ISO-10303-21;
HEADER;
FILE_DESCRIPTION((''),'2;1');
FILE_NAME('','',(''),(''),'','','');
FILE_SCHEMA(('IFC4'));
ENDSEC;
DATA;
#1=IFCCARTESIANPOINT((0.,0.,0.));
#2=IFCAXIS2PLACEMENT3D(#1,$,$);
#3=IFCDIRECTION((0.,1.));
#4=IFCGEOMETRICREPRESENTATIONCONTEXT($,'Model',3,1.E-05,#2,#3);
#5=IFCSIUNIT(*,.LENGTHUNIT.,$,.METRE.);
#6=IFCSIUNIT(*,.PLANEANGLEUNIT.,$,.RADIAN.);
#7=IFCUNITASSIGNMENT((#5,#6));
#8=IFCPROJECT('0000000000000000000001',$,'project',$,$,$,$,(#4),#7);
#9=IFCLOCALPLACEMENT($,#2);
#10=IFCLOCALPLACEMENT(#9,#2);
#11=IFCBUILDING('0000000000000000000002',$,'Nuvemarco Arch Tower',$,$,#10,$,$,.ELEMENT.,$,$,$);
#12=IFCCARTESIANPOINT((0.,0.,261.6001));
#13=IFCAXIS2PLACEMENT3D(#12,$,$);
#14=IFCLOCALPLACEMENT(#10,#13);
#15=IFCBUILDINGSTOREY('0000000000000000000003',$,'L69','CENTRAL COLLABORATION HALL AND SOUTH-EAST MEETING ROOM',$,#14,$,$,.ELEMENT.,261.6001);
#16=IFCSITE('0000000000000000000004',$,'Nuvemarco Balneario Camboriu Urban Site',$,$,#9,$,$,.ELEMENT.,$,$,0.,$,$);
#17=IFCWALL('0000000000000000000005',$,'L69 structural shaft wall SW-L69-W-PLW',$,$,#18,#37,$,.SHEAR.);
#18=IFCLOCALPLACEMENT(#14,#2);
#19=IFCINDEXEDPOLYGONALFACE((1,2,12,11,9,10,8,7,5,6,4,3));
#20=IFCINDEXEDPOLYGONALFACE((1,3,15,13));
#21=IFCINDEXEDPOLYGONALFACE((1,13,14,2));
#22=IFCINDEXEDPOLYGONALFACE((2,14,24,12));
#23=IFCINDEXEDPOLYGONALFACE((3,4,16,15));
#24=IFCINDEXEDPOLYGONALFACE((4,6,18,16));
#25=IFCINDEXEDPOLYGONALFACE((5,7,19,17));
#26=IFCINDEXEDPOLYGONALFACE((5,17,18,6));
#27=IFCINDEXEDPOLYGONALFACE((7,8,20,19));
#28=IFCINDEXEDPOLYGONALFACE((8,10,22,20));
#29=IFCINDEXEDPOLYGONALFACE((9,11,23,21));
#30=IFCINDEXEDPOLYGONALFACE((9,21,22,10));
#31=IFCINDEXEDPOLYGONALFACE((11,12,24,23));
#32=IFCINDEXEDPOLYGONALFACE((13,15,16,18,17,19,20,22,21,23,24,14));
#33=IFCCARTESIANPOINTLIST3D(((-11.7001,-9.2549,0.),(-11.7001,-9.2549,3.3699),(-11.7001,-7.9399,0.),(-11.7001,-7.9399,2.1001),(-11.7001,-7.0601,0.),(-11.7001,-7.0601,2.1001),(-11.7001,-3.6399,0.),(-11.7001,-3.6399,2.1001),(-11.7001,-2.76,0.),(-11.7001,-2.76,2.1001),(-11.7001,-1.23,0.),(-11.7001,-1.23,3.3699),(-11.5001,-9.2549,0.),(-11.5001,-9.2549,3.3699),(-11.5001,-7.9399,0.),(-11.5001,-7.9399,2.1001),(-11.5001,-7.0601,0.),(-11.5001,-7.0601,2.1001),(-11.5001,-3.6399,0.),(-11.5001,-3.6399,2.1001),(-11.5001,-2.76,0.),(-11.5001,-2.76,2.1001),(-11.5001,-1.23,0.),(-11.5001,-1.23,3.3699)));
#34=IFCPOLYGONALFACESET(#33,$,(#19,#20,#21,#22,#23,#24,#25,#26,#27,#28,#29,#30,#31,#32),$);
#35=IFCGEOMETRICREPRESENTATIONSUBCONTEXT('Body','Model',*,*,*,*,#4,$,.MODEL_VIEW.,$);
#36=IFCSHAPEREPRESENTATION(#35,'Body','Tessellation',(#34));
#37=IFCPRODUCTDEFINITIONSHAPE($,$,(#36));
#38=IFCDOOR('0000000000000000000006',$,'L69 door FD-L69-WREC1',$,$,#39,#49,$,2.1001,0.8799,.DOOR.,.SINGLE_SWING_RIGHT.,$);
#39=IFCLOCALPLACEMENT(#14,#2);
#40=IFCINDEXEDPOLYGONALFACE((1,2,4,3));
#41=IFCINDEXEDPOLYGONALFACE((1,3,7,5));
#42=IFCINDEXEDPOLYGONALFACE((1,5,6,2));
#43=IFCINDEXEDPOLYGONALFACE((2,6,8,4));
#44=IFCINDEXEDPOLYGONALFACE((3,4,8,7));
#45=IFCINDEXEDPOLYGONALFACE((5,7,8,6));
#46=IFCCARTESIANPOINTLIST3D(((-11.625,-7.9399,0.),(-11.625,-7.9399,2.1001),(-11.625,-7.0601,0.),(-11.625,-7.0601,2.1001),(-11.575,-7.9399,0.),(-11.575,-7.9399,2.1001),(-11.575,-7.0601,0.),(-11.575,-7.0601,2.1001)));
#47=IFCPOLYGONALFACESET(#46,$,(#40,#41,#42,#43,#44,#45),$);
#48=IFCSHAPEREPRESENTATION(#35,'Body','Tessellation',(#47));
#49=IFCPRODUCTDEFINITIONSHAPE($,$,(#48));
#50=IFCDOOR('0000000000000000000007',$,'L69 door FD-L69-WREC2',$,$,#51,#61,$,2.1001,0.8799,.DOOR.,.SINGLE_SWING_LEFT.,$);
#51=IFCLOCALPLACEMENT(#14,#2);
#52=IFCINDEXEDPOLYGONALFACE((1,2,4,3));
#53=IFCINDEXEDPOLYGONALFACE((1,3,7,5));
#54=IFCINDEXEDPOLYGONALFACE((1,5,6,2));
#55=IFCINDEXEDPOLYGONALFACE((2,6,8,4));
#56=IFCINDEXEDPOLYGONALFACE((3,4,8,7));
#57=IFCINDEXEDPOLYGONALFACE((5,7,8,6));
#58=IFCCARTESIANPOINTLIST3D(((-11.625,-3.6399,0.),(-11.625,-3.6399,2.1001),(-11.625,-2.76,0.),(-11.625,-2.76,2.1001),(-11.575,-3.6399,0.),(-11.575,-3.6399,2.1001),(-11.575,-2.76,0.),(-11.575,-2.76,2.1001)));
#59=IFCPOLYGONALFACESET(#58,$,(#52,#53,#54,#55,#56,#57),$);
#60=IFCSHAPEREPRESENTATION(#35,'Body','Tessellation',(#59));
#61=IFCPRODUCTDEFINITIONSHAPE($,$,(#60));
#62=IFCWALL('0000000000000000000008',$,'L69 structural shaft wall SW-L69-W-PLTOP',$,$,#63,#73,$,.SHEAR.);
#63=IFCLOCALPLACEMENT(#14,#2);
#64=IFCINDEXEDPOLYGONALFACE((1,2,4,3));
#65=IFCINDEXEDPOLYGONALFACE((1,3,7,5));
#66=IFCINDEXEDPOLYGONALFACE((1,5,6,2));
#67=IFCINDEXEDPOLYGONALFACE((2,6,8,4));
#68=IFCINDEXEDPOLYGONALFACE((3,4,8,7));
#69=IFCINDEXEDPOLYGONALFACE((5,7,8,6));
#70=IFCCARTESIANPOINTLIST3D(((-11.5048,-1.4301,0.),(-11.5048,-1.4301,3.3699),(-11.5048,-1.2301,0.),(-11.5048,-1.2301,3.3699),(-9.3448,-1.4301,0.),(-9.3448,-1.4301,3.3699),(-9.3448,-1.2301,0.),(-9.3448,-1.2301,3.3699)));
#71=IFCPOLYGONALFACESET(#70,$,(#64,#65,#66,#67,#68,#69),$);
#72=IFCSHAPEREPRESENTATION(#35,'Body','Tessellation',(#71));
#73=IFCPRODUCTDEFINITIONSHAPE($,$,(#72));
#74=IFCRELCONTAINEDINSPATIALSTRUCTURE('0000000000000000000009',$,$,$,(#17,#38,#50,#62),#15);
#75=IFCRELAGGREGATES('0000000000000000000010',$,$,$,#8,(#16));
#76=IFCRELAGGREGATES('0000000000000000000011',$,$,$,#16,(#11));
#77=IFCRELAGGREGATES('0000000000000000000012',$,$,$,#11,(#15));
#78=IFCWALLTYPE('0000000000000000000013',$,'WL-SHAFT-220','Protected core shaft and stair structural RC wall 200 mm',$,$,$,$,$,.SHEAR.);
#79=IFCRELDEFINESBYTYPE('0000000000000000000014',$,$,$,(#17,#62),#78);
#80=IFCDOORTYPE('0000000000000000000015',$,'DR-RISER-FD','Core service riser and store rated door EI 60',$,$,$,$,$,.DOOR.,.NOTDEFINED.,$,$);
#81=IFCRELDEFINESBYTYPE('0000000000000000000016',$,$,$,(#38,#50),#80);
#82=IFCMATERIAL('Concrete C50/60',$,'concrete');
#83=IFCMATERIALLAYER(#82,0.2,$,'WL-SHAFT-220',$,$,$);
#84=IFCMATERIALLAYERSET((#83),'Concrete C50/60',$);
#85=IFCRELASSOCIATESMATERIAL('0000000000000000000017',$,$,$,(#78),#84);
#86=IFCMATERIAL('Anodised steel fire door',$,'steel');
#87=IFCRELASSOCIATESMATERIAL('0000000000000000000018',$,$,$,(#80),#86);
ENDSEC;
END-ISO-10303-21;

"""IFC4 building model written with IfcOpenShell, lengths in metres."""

from ifc_helpers import new_model, si_unit, direction, frame, frame_2d, origin, place, context, subcontext, project, spatial, rectangle, extrude, source, transform, mapped, material, layer, layer_set, type_object, type_shapes, element, fill, save


model = new_model("IFC4")

# Units and contexts
model_context = context("Model", 3, precision=1e-05, world=origin(), true_north=direction((0.0, 1.0)))
body_context = subcontext(model_context, "Body", "Model", "MODEL_VIEW")
ifc_project = project(units=[si_unit("LENGTHUNIT", "METRE"), si_unit("PLANEANGLEUNIT", "RADIAN")], contexts=[model_context])

# Site, building, storey
site_placement = place(None, origin())
site = spatial("IfcSite", under=ifc_project, at=site_placement, Name="Nuvemarco Balneario Camboriu Urban Site", CompositionType="ELEMENT", RefElevation=0.0)
building_placement = place(site_placement, origin())
building = spatial("IfcBuilding", under=site, at=building_placement, Name="Nuvemarco Arch Tower", CompositionType="ELEMENT")
storey_placement = place(building_placement, frame((0.0, 0.0, 261.6001)))
storey = spatial("IfcBuildingStorey", under=building, at=storey_placement, Name="L69", Description="CENTRAL COLLABORATION HALL AND SOUTH-EAST MEETING ROOM", CompositionType="ELEMENT", Elevation=261.6001)

# Shared definitions
ifc_material_1 = material(Name="Concrete C50/60", Category="concrete")

# Shared definitions
ifc_material_2 = material(Name="Anodised steel fire door", Category="steel")

# Shared definitions
ifc_layer_1 = layer(ifc_material_1, 0.2, Name="WL-SHAFT-220")
ifc_layer_set_1 = layer_set([ifc_layer_1], Name="Concrete C50/60")
wall_type_1 = type_object("IfcWallType", Name="WL-SHAFT-220", Description="Protected core shaft and stair structural RC wall 200 mm", PredefinedType="SHEAR", material=ifc_layer_set_1)

# Shared definitions
door_type_1 = type_object("IfcDoorType", Name="DR-RISER-FD", Description="Core service riser and store rated door EI 60", OperationType="NOTDEFINED", PredefinedType="DOOR", material=ifc_material_2)
shared_shape_1 = source(origin(), body_context, "Body", "SweptSolid", [
    extrude(rectangle(XDim=0.8799, YDim=2.1001, at=frame_2d((0.4399, 1.05))), frame((0.0, 0.0249, 0.0), z_axis=(0.0, -1.0, 0.0), x_axis=(1.0, 0.0, 0.0)), (0.0, 0.0, 1.0), 0.05),
])
type_shapes(door_type_1, [shared_shape_1])

# Wall, openings, doors
wall_1_placement = place(storey_placement, frame((-11.6001, -9.2549, 0.0), z_axis=(0.0, 0.0, 1.0), x_axis=(0.0, 1.0, 0.0)))
wall_1 = element("IfcWall", 1, at=wall_1_placement, inside=storey, type_object=wall_type_1, Name="L69 structural shaft wall SW-L69-W-PLW", PredefinedType="SHEAR", context=body_context, shape_type="SweptSolid", body=[
    extrude(rectangle(XDim=8.0249, YDim=0.2, at=frame_2d((4.0125, 0.0))), origin(), (0.0, 0.0, 1.0), 3.3699),
])
opening_1_placement = place(wall_1_placement, frame((1.3149, 0.0, 0.0)))
opening_1 = element("IfcOpeningElement", 2, at=opening_1_placement, cuts=wall_1, PredefinedType="OPENING", context=body_context, shape_type="SweptSolid", body=[
    extrude(rectangle(XDim=0.8799, YDim=2.1001, at=frame_2d((0.4399, 1.05))), frame((0.0, 0.1099, 0.0), z_axis=(0.0, -1.0, 0.0), x_axis=(1.0, 0.0, 0.0)), (0.0, 0.0, 1.0), 0.22),
])
opening_2_placement = place(wall_1_placement, frame((5.615, 0.0, 0.0)))
opening_2 = element("IfcOpeningElement", 3, at=opening_2_placement, cuts=wall_1, PredefinedType="OPENING", context=body_context, shape_type="SweptSolid", body=[
    extrude(rectangle(XDim=0.8799, YDim=2.1001, at=frame_2d((0.4399, 1.05))), frame((0.0, 0.1099, 0.0), z_axis=(0.0, -1.0, 0.0), x_axis=(1.0, 0.0, 0.0)), (0.0, 0.0, 1.0), 0.22),
])
door_1_placement = place(opening_1_placement, origin())
door_1 = element("IfcDoor", 4, at=door_1_placement, inside=storey, type_object=door_type_1, Name="L69 door FD-L69-WREC1", OperationType="SINGLE_SWING_RIGHT", OverallHeight=2.1001, OverallWidth=0.8799, PredefinedType="DOOR", context=body_context, shape_type="MappedRepresentation", body=[
    mapped(shared_shape_1, transform((0.0, 0.0, 0.0), scale=1.0)),
])
fill(opening_1, door_1)
door_2_placement = place(opening_2_placement, origin())
door_2 = element("IfcDoor", 5, at=door_2_placement, inside=storey, type_object=door_type_1, Name="L69 door FD-L69-WREC2", OperationType="SINGLE_SWING_LEFT", OverallHeight=2.1001, OverallWidth=0.8799, PredefinedType="DOOR", context=body_context, shape_type="MappedRepresentation", body=[
    mapped(shared_shape_1, transform((0.0, 0.0, 0.0), scale=1.0)),
])
fill(opening_2, door_2)

# Wall
wall_2_placement = place(storey_placement, frame((-11.5049, -1.3301, 0.0), z_axis=(0.0, 0.0, 1.0), x_axis=(1.0, 0.0, 0.0)))
element("IfcWall", 6, at=wall_2_placement, inside=storey, type_object=wall_type_1, Name="L69 structural shaft wall SW-L69-W-PLTOP", PredefinedType="SHEAR", context=body_context, shape_type="SweptSolid", body=[
    extrude(rectangle(XDim=2.1599, YDim=0.2, at=frame_2d((1.0801, 0.0))), origin(), (0.0, 0.0, 1.0), 3.3699),
])

save(model, "model.ifc")
